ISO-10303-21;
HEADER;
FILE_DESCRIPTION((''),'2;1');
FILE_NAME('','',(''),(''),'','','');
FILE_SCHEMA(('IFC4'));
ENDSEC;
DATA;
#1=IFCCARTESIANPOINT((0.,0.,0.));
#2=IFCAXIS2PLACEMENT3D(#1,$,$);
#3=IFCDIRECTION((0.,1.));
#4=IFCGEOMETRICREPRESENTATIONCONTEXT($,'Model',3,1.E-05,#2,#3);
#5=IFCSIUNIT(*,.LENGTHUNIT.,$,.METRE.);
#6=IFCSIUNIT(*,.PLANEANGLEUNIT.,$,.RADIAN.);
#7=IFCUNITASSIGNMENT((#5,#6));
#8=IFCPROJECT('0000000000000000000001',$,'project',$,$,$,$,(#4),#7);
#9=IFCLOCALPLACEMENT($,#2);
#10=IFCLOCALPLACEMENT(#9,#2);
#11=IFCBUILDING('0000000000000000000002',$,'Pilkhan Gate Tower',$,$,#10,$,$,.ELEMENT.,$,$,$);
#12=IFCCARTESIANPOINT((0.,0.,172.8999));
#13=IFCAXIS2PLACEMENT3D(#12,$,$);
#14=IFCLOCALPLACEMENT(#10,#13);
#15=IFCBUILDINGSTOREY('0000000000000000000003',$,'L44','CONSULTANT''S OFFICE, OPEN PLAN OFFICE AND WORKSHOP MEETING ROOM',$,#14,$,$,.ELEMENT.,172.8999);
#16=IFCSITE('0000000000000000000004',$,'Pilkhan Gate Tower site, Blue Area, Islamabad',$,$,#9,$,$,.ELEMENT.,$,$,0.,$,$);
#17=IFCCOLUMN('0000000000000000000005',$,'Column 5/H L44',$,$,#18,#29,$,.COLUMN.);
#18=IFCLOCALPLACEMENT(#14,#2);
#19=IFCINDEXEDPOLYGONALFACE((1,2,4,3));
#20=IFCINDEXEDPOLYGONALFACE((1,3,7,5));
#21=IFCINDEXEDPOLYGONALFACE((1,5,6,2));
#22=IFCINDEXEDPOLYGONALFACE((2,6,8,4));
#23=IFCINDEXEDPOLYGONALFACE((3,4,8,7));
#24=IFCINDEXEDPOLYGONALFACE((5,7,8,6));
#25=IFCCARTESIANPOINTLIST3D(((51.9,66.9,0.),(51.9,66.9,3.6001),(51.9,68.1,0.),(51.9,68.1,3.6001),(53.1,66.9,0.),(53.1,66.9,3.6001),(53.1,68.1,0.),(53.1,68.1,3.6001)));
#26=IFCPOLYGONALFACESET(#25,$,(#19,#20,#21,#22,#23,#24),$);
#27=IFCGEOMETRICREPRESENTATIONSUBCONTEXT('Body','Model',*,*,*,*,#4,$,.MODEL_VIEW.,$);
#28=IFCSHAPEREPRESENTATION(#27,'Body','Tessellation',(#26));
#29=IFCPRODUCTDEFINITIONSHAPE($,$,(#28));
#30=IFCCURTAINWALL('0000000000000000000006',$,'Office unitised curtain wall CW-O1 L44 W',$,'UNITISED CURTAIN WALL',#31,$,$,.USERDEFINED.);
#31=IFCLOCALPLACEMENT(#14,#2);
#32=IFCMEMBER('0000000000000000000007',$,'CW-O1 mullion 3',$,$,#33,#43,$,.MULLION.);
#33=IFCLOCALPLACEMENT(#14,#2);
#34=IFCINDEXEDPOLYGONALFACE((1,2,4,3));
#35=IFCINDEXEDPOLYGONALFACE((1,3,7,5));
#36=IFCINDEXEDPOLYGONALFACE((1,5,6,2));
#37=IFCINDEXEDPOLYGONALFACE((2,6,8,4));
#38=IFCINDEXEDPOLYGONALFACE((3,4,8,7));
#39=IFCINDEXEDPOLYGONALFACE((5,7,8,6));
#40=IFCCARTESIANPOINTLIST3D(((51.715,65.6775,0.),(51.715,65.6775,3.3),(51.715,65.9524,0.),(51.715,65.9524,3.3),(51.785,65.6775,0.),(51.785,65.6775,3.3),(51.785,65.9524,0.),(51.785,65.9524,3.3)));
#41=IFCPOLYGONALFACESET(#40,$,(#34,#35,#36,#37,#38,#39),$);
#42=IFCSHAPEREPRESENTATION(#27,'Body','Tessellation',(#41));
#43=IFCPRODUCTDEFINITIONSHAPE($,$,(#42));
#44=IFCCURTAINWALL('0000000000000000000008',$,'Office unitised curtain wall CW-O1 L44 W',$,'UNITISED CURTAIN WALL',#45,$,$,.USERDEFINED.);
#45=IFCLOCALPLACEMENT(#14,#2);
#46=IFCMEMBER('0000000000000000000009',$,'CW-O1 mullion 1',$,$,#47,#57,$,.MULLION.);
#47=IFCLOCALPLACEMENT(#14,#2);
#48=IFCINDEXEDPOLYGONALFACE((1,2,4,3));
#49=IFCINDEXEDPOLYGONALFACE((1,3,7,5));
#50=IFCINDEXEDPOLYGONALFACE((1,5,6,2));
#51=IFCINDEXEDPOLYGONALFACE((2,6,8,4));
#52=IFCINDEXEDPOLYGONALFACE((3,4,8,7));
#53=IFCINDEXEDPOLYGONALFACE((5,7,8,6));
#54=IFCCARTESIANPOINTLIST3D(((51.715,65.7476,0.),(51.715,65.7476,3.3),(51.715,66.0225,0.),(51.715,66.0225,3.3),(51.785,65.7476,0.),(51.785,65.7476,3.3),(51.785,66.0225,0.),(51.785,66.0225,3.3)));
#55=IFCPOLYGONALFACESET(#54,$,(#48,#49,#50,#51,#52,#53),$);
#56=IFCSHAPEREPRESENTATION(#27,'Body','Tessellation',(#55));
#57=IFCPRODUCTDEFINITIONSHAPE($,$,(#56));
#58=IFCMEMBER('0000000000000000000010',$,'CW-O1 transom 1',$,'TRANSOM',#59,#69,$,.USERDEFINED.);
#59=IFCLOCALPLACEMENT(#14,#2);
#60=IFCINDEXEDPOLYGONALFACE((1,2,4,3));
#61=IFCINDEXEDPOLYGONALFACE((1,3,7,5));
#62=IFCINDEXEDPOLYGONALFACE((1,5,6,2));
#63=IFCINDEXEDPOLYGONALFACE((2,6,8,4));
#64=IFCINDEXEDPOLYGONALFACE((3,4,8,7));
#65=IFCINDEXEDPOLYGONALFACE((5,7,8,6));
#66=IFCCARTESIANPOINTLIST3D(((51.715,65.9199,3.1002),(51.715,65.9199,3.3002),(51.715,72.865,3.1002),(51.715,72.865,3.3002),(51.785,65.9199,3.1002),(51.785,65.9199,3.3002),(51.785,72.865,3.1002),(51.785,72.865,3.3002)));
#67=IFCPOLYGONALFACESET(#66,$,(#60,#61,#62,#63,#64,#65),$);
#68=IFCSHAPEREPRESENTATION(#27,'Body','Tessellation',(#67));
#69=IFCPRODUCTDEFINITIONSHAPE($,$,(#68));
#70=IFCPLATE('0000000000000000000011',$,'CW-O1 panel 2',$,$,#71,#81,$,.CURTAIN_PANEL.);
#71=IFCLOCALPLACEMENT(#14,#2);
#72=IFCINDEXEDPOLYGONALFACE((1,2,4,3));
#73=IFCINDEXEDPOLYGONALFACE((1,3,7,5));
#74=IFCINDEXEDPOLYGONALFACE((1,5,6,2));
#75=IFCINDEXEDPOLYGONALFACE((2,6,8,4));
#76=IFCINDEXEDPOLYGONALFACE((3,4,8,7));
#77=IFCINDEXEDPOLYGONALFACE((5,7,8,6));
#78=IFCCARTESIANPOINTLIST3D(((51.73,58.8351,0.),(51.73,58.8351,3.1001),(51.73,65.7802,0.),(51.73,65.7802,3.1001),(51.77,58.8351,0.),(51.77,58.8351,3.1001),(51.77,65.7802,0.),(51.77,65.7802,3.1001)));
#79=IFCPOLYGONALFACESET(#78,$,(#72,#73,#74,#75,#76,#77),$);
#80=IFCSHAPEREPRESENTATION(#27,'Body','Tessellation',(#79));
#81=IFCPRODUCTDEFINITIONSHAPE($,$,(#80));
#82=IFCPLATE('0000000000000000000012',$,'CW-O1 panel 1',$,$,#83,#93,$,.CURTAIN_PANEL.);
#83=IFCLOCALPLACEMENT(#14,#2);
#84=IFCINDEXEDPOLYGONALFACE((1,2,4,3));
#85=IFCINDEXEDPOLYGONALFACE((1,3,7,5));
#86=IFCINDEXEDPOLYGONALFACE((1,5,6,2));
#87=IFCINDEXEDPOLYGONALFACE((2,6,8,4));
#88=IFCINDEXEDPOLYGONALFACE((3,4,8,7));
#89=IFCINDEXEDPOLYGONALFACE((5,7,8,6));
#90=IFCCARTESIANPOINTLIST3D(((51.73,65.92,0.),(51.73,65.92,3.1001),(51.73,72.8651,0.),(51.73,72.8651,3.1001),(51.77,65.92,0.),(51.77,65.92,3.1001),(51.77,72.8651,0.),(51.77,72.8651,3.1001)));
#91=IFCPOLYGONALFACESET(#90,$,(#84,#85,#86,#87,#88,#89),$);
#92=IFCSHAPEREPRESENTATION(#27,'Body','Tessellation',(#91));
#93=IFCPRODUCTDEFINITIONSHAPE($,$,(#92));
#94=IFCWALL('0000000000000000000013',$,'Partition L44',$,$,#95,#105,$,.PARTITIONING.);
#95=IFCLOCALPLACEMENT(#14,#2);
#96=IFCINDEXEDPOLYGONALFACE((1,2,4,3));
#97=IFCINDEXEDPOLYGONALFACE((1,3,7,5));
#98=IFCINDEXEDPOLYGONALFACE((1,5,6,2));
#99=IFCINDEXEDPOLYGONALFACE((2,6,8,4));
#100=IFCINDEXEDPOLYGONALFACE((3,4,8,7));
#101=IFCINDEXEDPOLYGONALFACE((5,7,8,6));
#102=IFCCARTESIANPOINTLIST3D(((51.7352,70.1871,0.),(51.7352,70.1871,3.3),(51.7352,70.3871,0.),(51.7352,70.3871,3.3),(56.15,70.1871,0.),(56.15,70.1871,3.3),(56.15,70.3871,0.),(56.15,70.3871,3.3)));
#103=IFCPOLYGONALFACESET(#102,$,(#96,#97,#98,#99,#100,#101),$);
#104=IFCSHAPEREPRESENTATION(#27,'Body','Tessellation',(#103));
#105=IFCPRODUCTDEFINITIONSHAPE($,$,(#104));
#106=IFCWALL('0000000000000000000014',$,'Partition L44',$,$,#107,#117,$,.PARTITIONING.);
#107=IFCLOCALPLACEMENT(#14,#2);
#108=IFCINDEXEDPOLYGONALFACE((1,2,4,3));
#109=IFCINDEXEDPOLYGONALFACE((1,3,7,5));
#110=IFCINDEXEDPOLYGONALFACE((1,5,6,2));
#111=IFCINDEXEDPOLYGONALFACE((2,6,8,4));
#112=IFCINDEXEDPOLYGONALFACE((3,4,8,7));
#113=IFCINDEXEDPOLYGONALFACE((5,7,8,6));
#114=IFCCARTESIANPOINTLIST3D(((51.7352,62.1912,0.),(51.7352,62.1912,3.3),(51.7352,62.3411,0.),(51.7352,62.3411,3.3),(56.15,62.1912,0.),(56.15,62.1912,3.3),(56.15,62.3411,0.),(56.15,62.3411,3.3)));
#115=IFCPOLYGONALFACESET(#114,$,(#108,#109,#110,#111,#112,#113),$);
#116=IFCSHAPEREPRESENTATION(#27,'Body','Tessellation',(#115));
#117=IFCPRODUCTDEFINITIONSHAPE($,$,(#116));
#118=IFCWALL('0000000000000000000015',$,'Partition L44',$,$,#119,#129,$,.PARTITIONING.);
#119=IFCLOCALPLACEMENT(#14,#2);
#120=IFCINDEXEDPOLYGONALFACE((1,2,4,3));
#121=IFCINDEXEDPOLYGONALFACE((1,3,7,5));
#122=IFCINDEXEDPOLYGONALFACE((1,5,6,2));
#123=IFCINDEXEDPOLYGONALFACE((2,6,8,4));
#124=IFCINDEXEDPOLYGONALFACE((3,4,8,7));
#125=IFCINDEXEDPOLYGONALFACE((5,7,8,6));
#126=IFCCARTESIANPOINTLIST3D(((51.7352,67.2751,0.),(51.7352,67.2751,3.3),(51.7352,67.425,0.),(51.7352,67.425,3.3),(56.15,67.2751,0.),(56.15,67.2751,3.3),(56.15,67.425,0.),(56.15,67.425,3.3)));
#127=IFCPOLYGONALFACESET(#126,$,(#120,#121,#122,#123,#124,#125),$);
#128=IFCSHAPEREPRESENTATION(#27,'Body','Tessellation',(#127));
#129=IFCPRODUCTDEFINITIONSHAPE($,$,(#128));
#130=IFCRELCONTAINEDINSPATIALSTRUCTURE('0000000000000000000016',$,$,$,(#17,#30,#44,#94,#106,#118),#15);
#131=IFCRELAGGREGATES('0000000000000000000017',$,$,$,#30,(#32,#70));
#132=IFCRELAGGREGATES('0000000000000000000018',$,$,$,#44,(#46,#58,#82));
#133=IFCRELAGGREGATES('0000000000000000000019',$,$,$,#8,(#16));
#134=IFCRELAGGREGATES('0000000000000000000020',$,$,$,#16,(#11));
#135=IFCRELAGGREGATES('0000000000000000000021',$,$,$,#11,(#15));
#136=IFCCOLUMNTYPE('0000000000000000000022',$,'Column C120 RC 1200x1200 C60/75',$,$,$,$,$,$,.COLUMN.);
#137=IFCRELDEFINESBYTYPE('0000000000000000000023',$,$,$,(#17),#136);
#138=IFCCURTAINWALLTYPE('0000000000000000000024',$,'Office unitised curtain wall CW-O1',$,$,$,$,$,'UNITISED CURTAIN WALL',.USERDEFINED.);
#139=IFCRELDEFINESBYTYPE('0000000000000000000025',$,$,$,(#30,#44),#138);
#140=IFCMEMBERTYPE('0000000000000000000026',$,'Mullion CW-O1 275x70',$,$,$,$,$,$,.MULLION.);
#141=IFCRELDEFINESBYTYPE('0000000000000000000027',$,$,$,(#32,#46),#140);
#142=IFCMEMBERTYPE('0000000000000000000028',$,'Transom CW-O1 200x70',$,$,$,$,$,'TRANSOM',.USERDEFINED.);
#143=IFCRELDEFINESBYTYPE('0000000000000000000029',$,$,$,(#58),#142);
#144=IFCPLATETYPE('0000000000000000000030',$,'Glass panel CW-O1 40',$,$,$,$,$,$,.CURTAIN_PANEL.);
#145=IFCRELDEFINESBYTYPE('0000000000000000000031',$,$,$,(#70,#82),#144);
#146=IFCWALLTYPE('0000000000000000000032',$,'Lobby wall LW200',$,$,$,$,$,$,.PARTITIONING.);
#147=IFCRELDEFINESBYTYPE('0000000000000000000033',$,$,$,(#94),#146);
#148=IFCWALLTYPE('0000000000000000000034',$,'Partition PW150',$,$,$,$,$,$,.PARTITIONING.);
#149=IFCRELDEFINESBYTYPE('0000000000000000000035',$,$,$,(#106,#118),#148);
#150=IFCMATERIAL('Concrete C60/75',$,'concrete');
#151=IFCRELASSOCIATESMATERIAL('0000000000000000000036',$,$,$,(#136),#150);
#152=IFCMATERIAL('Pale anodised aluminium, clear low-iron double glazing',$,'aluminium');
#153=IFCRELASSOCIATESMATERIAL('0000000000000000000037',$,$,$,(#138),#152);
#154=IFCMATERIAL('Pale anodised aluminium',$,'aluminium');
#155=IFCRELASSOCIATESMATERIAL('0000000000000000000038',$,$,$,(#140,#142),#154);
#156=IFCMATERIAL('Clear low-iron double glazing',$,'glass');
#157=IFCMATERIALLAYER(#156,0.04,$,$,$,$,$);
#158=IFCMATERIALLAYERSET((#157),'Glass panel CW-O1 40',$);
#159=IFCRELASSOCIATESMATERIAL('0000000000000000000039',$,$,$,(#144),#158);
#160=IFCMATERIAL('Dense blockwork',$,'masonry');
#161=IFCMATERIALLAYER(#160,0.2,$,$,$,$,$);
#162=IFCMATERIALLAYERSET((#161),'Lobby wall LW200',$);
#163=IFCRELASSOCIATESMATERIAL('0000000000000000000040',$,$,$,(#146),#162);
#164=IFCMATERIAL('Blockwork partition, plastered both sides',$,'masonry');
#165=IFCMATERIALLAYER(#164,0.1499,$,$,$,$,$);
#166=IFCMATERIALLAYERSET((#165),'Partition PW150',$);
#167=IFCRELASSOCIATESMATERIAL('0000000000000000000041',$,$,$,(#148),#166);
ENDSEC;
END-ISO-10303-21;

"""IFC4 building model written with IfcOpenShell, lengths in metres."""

from ifc_helpers import new_model, si_unit, direction, frame, frame_2d, origin, origin_2d, place, context, subcontext, project, spatial, rectangle, extrude, material, layer, layer_set, material_profile, profile_set, type_object, element, aggregate, save


model = new_model("IFC4")

# Units and contexts
model_context = context("Model", 3, precision=1e-05, world=origin(), true_north=direction((0.0, 1.0)))
body_context = subcontext(model_context, "Body", "Model", "MODEL_VIEW")
ifc_project = project(units=[si_unit("LENGTHUNIT", "METRE"), si_unit("PLANEANGLEUNIT", "RADIAN")], contexts=[model_context])

# Site, building, storey
site_placement = place(None, origin())
site = spatial("IfcSite", under=ifc_project, at=site_placement, Name="Pilkhan Gate Tower site, Blue Area, Islamabad", CompositionType="ELEMENT", RefElevation=0.0)
building_placement = place(site_placement, origin())
building = spatial("IfcBuilding", under=site, at=building_placement, Name="Pilkhan Gate Tower", CompositionType="ELEMENT")
storey_placement = place(building_placement, frame((0.0, 0.0, 172.8999)))
storey = spatial("IfcBuildingStorey", under=building, at=storey_placement, Name="L44", Description="CONSULTANT'S OFFICE, OPEN PLAN OFFICE AND WORKSHOP MEETING ROOM", CompositionType="ELEMENT", Elevation=172.8999)

# Column
ifc_material_1 = material(Name="Concrete C60/75", Category="concrete")
ifc_material_profile_1 = material_profile(ifc_material_1, rectangle(XDim=1.2, YDim=1.2, at=origin_2d()), Name="RC 1200x1200")
ifc_profile_set_1 = profile_set([ifc_material_profile_1], Name="Concrete C60/75")
column_type = type_object("IfcColumnType", Name="Column C120 RC 1200x1200 C60/75", PredefinedType="COLUMN", material=ifc_profile_set_1)
column_placement = place(storey_placement, frame((52.5, 67.5, 0.0), z_axis=(0.0, 0.0, 1.0), x_axis=(1.0, 0.0, 0.0)))
element("IfcColumn", 1, at=column_placement, inside=storey, type_object=column_type, Name="Column 5/H L44", PredefinedType="COLUMN", context=body_context, shape_type="SweptSolid", body=[
    extrude(rectangle(XDim=1.2, YDim=1.2, at=origin_2d()), origin(), (0.0, 0.0, 1.0), 3.6001),
])

# Curtain wall, member
ifc_material_2 = material(Name="Pale anodised aluminium, clear low-iron double glazing", Category="aluminium")
curtain_wall_type = type_object("IfcCurtainWallType", Name="Office unitised curtain wall CW-O1", ElementType="UNITISED CURTAIN WALL", PredefinedType="USERDEFINED", material=ifc_material_2)
curtain_wall_1_placement = place(storey_placement, origin())
curtain_wall_1 = element("IfcCurtainWall", 2, at=curtain_wall_1_placement, inside=storey, type_object=curtain_wall_type, Name="Office unitised curtain wall CW-O1 L44 W", ObjectType="UNITISED CURTAIN WALL", PredefinedType="USERDEFINED")
ifc_material_3 = material(Name="Pale anodised aluminium", Category="aluminium")
ifc_material_profile_2 = material_profile(ifc_material_3, rectangle(XDim=0.0701, YDim=0.2749, at=origin_2d()), Name="Mullion 275x70")
ifc_profile_set_2 = profile_set([ifc_material_profile_2], Name="Pale anodised aluminium")
member_type_1 = type_object("IfcMemberType", Name="Mullion CW-O1 275x70", PredefinedType="MULLION", material=ifc_profile_set_2)
member_1_placement = place(storey_placement, frame((51.75, 65.8149, 0.0), z_axis=(0.0, 0.0, 1.0), x_axis=(-1.0, 0.0, 0.0)))
member_1 = element("IfcMember", 3, at=member_1_placement, type_object=member_type_1, Name="CW-O1 mullion 3", PredefinedType="MULLION", context=body_context, shape_type="SweptSolid", body=[
    extrude(rectangle(XDim=0.0701, YDim=0.2749, at=origin_2d()), origin(), (0.0, 0.0, 1.0), 3.3),
])

# Curtain wall, members
curtain_wall_2_placement = place(storey_placement, origin())
curtain_wall_2 = element("IfcCurtainWall", 4, at=curtain_wall_2_placement, inside=storey, type_object=curtain_wall_type, Name="Office unitised curtain wall CW-O1 L44 W", ObjectType="UNITISED CURTAIN WALL", PredefinedType="USERDEFINED")
member_2_placement = place(storey_placement, frame((51.75, 65.885, 0.0), z_axis=(0.0, 0.0, 1.0), x_axis=(-1.0, 0.0, 0.0)))
member_2 = element("IfcMember", 5, at=member_2_placement, type_object=member_type_1, Name="CW-O1 mullion 1", PredefinedType="MULLION", context=body_context, shape_type="SweptSolid", body=[
    extrude(rectangle(XDim=0.0701, YDim=0.2749, at=origin_2d()), origin(), (0.0, 0.0, 1.0), 3.3),
])
ifc_material_profile_3 = material_profile(ifc_material_3, rectangle(XDim=0.0701, YDim=0.2, at=origin_2d()), Name="Transom 200x70")
ifc_profile_set_3 = profile_set([ifc_material_profile_3], Name="Pale anodised aluminium")
member_type_2 = type_object("IfcMemberType", Name="Transom CW-O1 200x70", ElementType="TRANSOM", PredefinedType="USERDEFINED", material=ifc_profile_set_3)
member_3_placement = place(storey_placement, frame((51.75, 65.9199, 3.2002), z_axis=(0.0, 1.0, 0.0), x_axis=(-1.0, 0.0, 0.0)))
member_3 = element("IfcMember", 6, at=member_3_placement, type_object=member_type_2, Name="CW-O1 transom 1", ObjectType="TRANSOM", PredefinedType="USERDEFINED", context=body_context, shape_type="SweptSolid", body=[
    extrude(rectangle(XDim=0.0701, YDim=0.2, at=origin_2d()), origin(), (0.0, 0.0, 1.0), 6.9451),
])

# Plates
ifc_material_4 = material(Name="Clear low-iron double glazing", Category="glass")
ifc_layer_1 = layer(ifc_material_4, 0.04)
ifc_layer_set_1 = layer_set([ifc_layer_1], Name="Glass panel CW-O1 40")
plate_type = type_object("IfcPlateType", Name="Glass panel CW-O1 40", PredefinedType="CURTAIN_PANEL", material=ifc_layer_set_1)
plate_1_placement = place(storey_placement, frame((51.75, 62.3076, 0.0), z_axis=(0.0, 0.0, 1.0), x_axis=(0.0, 1.0, 0.0)))
plate_1 = element("IfcPlate", 7, at=plate_1_placement, type_object=plate_type, Name="CW-O1 panel 2", PredefinedType="CURTAIN_PANEL", context=body_context, shape_type="SweptSolid", body=[
    extrude(rectangle(XDim=6.9451, YDim=0.04, at=origin_2d()), origin(), (0.0, 0.0, 1.0), 3.1001),
])
aggregate(curtain_wall_1, [member_1, plate_1])
plate_2_placement = place(storey_placement, frame((51.75, 69.3926, 0.0), z_axis=(0.0, 0.0, 1.0), x_axis=(0.0, 1.0, 0.0)))
plate_2 = element("IfcPlate", 8, at=plate_2_placement, type_object=plate_type, Name="CW-O1 panel 1", PredefinedType="CURTAIN_PANEL", context=body_context, shape_type="SweptSolid", body=[
    extrude(rectangle(XDim=6.9451, YDim=0.04, at=origin_2d()), origin(), (0.0, 0.0, 1.0), 3.1001),
])
aggregate(curtain_wall_2, [member_2, member_3, plate_2])

# Walls
ifc_material_5 = material(Name="Dense blockwork", Category="masonry")
ifc_layer_2 = layer(ifc_material_5, 0.2)
ifc_layer_set_2 = layer_set([ifc_layer_2], Name="Lobby wall LW200")
wall_type_1 = type_object("IfcWallType", Name="Lobby wall LW200", PredefinedType="PARTITIONING", material=ifc_layer_set_2)
wall_placement = place(storey_placement, frame((51.7351, 70.2871, 0.0), z_axis=(0.0, 0.0, 1.0), x_axis=(1.0, 0.0, 0.0)))
element("IfcWall", 9, at=wall_placement, inside=storey, type_object=wall_type_1, Name="Partition L44", PredefinedType="PARTITIONING", context=body_context, shape_type="SweptSolid", body=[
    extrude(rectangle(XDim=4.4148, YDim=0.2, at=frame_2d((2.2075, 0.0))), origin(), (0.0, 0.0, 1.0), 3.3),
])
ifc_material_6 = material(Name="Blockwork partition, plastered both sides", Category="masonry")
ifc_layer_3 = layer(ifc_material_6, 0.1499)
ifc_layer_set_3 = layer_set([ifc_layer_3], Name="Partition PW150")
wall_type_2 = type_object("IfcWallType", Name="Partition PW150", PredefinedType="PARTITIONING", material=ifc_layer_set_3)
for number, where, z_axis, x_axis, name in (
    (10, (51.7351, 62.2661, 0.0), (0.0, 0.0, 1.0), (1.0, 0.0, 0.0), "Partition L44"),
    (11, (51.7351, 67.3501, 0.0), (0.0, 0.0, 1.0), (1.0, 0.0, 0.0), "Partition L44"),
):
    element("IfcWall", number, at=place(storey_placement, frame(where, z_axis=z_axis, x_axis=x_axis)), inside=storey, type_object=wall_type_2, Name=name, PredefinedType="PARTITIONING", context=body_context, shape_type="SweptSolid", body=[
        extrude(rectangle(XDim=4.4148, YDim=0.1499, at=frame_2d((2.2075, 0.0))), origin(), (0.0, 0.0, 1.0), 3.3),
    ])

save(model, "model.ifc")
